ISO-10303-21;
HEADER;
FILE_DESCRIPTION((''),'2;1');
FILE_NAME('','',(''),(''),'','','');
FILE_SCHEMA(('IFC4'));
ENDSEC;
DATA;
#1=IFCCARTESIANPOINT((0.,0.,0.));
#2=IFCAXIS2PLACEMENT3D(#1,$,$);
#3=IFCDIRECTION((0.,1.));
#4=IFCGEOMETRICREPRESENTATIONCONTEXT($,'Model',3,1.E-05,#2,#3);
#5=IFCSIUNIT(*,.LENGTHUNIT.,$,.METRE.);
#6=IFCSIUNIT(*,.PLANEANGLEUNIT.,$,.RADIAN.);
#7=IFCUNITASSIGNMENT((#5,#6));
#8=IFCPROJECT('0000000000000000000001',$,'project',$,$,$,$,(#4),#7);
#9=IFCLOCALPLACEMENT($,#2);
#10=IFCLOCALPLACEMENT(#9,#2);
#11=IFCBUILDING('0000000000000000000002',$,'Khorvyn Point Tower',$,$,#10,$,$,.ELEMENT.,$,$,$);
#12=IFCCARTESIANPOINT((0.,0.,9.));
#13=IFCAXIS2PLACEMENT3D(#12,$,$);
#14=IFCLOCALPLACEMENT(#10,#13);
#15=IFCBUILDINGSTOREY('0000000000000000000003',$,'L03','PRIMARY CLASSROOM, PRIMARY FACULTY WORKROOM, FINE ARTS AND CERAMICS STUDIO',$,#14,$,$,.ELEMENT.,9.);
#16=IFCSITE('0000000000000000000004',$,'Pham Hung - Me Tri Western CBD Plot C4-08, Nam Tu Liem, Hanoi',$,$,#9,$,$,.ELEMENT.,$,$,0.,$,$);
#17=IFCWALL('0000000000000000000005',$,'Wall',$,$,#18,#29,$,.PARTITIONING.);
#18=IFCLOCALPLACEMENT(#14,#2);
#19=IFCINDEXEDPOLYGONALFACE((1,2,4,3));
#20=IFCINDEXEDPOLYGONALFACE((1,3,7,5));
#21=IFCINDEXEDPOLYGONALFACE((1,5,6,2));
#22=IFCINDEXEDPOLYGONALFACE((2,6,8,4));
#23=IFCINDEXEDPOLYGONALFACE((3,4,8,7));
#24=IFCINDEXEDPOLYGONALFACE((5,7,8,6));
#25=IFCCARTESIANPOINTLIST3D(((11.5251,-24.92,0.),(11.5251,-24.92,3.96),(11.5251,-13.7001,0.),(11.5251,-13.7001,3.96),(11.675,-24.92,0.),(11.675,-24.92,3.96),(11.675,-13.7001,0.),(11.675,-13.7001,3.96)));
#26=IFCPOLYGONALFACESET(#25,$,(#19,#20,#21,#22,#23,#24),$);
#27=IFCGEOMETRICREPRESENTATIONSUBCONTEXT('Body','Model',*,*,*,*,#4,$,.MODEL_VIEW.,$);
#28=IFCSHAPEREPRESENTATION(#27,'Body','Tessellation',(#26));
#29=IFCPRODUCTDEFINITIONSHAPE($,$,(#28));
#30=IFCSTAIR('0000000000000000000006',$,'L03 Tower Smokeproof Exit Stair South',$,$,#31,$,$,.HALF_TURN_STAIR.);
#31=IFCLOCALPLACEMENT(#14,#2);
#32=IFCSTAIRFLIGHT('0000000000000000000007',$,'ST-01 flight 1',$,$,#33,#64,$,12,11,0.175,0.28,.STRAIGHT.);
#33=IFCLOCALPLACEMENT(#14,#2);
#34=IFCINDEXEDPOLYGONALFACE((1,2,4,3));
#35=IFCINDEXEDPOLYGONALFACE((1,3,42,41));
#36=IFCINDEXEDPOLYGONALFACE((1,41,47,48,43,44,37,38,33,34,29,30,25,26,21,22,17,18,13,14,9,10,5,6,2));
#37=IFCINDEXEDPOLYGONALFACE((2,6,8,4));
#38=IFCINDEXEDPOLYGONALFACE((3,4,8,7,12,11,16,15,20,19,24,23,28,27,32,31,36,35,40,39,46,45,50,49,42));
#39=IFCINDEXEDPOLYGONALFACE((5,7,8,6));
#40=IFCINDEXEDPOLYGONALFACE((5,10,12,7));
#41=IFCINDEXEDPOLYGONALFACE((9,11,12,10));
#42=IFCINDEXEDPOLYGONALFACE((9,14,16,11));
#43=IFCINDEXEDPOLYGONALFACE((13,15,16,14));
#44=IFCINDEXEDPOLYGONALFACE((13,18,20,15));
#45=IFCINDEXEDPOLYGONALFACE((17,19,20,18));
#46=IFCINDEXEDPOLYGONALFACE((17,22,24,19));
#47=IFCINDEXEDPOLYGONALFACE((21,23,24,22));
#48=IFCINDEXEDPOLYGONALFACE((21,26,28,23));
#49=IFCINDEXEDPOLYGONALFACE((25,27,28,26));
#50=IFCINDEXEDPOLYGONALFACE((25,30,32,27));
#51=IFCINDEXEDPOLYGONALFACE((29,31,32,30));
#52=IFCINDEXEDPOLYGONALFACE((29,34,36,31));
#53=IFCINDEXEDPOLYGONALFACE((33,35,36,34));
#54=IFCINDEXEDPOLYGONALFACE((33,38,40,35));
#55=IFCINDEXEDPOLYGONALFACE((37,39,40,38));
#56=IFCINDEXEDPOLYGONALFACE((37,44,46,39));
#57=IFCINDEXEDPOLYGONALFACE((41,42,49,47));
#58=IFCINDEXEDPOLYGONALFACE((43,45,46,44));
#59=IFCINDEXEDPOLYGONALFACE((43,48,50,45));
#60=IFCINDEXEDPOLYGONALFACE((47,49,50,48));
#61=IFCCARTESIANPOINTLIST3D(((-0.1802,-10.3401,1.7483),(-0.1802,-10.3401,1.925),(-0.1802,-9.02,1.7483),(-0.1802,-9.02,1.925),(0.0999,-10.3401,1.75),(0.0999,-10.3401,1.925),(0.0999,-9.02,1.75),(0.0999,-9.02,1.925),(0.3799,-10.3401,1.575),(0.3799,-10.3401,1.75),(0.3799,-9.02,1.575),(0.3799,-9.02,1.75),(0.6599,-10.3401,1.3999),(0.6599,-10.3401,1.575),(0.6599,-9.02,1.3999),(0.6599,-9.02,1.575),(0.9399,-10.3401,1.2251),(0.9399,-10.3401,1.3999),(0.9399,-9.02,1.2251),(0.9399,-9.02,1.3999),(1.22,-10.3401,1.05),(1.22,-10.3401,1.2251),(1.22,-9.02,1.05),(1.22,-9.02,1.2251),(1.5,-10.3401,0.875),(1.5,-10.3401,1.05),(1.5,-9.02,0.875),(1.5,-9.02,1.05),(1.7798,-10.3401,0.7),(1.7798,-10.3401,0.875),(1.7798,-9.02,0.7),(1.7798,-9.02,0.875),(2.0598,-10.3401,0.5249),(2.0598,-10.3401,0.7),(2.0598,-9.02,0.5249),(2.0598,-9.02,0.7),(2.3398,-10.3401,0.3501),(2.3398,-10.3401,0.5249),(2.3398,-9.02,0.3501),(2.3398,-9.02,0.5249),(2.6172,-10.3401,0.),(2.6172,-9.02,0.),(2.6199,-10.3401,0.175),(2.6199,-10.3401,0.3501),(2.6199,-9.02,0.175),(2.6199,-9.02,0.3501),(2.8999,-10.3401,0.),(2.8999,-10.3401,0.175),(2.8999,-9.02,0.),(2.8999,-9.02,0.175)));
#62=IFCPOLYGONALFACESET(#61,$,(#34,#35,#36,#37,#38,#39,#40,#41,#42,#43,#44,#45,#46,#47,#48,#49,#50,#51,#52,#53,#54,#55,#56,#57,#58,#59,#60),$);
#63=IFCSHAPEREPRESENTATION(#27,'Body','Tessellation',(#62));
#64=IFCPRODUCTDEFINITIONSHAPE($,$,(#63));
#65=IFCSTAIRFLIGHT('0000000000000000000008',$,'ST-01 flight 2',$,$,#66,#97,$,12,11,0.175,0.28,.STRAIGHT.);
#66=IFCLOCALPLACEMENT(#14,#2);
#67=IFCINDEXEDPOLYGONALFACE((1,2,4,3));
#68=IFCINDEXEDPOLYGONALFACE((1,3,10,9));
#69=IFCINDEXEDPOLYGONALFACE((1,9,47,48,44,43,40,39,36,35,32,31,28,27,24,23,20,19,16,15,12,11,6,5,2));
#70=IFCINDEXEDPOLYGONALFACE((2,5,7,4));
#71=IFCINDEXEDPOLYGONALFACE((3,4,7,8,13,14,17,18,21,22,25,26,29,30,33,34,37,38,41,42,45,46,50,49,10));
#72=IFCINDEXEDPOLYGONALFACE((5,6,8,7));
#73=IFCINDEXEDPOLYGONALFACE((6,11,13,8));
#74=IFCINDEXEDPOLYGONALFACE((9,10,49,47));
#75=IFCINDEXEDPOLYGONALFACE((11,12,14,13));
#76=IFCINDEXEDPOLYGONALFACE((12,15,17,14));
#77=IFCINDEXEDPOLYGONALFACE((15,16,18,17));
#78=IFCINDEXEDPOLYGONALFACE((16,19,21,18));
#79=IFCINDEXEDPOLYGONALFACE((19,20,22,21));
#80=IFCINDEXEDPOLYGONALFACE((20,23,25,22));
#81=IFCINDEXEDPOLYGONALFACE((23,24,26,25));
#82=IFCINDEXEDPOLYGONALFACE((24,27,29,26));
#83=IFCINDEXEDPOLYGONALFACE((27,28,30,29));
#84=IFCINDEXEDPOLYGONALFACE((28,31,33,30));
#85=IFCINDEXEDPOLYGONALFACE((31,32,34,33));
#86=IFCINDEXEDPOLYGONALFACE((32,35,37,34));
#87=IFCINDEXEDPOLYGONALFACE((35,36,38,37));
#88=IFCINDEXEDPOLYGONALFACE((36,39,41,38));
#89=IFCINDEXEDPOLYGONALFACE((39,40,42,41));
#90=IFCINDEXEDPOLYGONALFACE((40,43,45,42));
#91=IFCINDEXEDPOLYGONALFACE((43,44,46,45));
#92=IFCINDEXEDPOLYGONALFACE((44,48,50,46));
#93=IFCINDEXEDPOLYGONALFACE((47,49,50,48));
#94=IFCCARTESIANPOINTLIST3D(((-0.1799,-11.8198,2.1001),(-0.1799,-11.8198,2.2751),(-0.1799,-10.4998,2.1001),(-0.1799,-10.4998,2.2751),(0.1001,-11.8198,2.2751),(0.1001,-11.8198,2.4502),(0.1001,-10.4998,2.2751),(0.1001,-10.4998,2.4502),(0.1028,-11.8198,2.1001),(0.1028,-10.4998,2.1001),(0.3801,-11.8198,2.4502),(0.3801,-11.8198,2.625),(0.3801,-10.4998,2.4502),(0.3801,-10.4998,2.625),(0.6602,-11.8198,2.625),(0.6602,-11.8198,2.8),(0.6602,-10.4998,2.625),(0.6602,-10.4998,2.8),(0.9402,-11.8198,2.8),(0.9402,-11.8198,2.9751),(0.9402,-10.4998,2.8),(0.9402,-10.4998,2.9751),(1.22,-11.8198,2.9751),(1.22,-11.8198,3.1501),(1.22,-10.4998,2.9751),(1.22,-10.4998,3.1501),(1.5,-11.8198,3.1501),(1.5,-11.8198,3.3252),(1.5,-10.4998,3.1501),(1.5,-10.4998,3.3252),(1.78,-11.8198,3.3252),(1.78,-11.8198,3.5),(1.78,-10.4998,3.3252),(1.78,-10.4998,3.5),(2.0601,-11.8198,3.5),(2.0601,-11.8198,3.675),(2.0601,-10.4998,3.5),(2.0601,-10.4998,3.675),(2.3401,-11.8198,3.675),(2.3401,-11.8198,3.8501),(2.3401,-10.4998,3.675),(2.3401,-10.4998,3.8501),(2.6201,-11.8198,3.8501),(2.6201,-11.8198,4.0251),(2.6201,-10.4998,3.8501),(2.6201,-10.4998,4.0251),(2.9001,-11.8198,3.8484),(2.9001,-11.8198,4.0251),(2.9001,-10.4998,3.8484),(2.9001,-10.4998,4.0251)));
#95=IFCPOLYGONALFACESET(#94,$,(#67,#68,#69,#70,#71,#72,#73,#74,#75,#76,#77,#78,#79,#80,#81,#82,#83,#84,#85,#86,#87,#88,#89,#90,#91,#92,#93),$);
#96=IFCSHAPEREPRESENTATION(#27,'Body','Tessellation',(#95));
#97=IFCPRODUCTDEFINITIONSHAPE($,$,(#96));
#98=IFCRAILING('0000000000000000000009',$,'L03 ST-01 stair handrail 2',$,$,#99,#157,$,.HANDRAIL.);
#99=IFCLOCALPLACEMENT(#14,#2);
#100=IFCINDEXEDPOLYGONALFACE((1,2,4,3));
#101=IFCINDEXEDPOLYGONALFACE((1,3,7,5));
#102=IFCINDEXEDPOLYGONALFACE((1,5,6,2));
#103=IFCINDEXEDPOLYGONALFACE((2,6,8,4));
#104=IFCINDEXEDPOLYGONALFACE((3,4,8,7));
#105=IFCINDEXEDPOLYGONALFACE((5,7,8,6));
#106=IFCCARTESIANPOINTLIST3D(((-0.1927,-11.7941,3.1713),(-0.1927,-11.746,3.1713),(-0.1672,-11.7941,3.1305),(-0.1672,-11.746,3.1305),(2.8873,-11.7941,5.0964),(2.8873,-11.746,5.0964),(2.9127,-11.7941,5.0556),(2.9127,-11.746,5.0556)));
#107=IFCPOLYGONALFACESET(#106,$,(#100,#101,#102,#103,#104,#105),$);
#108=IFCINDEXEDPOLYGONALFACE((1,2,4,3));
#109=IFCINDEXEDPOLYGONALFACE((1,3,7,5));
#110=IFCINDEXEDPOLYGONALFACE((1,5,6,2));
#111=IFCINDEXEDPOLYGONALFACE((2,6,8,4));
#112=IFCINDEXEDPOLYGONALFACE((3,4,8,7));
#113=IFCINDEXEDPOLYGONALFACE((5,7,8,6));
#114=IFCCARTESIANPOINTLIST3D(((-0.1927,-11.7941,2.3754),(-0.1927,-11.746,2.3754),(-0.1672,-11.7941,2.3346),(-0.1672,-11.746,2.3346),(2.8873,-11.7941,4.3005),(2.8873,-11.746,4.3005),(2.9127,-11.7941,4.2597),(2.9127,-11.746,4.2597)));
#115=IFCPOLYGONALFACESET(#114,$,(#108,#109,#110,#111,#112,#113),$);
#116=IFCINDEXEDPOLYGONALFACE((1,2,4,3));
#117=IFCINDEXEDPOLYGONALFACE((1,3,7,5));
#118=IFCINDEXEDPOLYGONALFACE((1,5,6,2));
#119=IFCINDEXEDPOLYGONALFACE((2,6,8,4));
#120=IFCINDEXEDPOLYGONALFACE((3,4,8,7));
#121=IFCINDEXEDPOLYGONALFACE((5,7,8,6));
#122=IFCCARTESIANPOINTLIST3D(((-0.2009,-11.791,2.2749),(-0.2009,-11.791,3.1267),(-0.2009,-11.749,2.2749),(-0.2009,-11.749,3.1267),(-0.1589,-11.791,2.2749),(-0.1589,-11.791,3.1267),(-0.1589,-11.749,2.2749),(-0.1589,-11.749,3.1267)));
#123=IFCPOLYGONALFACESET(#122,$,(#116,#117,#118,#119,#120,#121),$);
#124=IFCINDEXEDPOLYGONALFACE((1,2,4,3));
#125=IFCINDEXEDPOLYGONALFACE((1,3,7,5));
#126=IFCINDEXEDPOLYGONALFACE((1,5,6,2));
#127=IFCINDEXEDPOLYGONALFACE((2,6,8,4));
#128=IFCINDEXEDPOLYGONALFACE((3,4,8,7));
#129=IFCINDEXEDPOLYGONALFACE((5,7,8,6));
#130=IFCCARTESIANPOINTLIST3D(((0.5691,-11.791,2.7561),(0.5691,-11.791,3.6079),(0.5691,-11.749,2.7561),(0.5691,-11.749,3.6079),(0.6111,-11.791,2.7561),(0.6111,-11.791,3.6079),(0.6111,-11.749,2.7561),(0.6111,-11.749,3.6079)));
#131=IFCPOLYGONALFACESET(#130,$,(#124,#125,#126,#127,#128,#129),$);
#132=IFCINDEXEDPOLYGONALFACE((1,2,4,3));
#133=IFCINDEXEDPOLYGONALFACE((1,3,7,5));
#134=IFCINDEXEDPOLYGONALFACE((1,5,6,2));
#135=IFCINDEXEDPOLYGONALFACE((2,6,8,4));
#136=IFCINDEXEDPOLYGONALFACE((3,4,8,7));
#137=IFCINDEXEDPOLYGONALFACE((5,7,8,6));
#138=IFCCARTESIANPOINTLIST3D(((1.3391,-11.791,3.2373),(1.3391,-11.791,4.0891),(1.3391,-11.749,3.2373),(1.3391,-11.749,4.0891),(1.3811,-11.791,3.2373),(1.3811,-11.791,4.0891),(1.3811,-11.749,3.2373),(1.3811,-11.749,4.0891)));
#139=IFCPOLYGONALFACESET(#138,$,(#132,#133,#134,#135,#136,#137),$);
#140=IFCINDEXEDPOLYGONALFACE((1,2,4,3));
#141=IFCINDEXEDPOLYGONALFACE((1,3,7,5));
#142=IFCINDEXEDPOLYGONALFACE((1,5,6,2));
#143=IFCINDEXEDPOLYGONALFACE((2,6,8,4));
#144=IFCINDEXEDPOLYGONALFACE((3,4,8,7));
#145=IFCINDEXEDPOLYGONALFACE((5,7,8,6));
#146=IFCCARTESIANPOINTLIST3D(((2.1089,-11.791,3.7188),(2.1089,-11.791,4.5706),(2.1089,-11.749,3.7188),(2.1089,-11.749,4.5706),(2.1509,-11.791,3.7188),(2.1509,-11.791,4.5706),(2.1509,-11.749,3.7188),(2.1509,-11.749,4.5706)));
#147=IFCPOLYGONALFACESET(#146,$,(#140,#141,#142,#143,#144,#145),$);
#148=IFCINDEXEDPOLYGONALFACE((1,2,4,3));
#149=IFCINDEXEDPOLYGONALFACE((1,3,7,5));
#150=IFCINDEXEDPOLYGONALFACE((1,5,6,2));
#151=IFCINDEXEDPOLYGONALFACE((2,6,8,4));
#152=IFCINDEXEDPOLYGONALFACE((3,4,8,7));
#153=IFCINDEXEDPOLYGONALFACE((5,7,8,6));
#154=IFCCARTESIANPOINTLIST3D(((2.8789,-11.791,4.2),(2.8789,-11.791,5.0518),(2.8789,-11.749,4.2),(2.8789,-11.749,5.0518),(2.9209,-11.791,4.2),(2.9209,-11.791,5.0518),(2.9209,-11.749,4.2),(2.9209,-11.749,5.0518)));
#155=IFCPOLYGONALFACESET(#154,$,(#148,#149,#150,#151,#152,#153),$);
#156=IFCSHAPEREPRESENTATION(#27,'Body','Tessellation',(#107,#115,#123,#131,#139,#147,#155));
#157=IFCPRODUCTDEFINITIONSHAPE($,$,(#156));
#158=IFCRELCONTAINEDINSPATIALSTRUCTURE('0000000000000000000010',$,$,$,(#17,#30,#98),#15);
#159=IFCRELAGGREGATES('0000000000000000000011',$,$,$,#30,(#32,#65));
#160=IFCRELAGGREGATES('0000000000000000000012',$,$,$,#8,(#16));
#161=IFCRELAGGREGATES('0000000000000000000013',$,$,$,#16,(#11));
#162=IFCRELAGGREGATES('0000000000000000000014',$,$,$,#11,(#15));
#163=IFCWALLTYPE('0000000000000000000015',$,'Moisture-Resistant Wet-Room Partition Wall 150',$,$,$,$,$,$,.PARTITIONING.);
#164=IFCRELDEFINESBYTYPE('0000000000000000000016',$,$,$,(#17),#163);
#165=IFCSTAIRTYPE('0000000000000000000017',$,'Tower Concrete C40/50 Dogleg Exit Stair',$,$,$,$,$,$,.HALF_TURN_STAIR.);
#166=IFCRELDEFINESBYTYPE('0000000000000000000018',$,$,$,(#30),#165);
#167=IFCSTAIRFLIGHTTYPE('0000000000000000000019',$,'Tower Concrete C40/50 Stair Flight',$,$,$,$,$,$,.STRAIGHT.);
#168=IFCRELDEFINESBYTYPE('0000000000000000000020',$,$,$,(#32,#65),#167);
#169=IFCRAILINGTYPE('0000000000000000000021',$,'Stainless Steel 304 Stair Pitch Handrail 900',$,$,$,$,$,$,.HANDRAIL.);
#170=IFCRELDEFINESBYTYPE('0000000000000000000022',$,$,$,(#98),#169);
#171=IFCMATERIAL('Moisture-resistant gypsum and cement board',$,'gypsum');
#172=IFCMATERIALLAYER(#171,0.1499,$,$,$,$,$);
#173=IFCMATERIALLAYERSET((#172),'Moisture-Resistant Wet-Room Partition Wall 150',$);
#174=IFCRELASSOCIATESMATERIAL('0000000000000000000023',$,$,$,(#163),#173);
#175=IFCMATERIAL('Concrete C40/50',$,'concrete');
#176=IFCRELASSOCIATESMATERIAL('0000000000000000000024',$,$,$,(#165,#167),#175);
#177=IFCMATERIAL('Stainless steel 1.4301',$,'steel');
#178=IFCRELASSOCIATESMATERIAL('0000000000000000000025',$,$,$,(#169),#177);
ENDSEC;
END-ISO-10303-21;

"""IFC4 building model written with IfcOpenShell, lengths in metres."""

from ifc_helpers import new_model, si_unit, direction, frame, frame_2d, origin, origin_2d, place, context, subcontext, project, spatial, polyline, rectangle, outline, extrude, material, layer, layer_set, type_object, element, aggregate, save


model = new_model("IFC4")

# Units and contexts
model_context = context("Model", 3, precision=1e-05, world=origin(), true_north=direction((0.0, 1.0)))
body_context = subcontext(model_context, "Body", "Model", "MODEL_VIEW")
ifc_project = project(units=[si_unit("LENGTHUNIT", "METRE"), si_unit("PLANEANGLEUNIT", "RADIAN")], contexts=[model_context])

# Site, building, storey
site_placement = place(None, origin())
site = spatial("IfcSite", under=ifc_project, at=site_placement, Name="Pham Hung - Me Tri Western CBD Plot C4-08, Nam Tu Liem, Hanoi", CompositionType="ELEMENT", RefElevation=0.0)
building_placement = place(site_placement, origin())
building = spatial("IfcBuilding", under=site, at=building_placement, Name="Khorvyn Point Tower", CompositionType="ELEMENT")
storey_placement = place(building_placement, frame((0.0, 0.0, 9.0)))
storey = spatial("IfcBuildingStorey", under=building, at=storey_placement, Name="L03", Description="PRIMARY CLASSROOM, PRIMARY FACULTY WORKROOM, FINE ARTS AND CERAMICS STUDIO", CompositionType="ELEMENT", Elevation=9.0)

# Shared definitions
ifc_material_1 = material(Name="Concrete C40/50", Category="concrete")

# Shared definitions
ifc_material_2 = material(Name="Moisture-resistant gypsum and cement board", Category="gypsum")
ifc_layer_1 = layer(ifc_material_2, 0.1499)
ifc_layer_set_1 = layer_set([ifc_layer_1], Name="Moisture-Resistant Wet-Room Partition Wall 150")
wall_type_1 = type_object("IfcWallType", Name="Moisture-Resistant Wet-Room Partition Wall 150", PredefinedType="PARTITIONING", material=ifc_layer_set_1)

# Wall
wall_1_placement = place(storey_placement, frame((11.6001, -24.9199, 0.0), z_axis=(0.0, 0.0, 1.0), x_axis=(0.0, 1.0, 0.0)))
element("IfcWall", 1, at=wall_1_placement, inside=storey, type_object=wall_type_1, Name="Wall", PredefinedType="PARTITIONING", context=body_context, shape_type="SweptSolid", body=[
    extrude(rectangle(XDim=11.22, YDim=0.1499, at=frame_2d((5.6099, 0.0))), origin(), (0.0, 0.0, 1.0), 3.96),
])

# Stair, stair flights
stair_type = type_object("IfcStairType", Name="Tower Concrete C40/50 Dogleg Exit Stair", PredefinedType="HALF_TURN_STAIR", material=ifc_material_1)
stair_placement = place(storey_placement, origin())
stair = element("IfcStair", 2, at=stair_placement, inside=storey, type_object=stair_type, Name="L03 Tower Smokeproof Exit Stair South", PredefinedType="HALF_TURN_STAIR")
stair_flight_type = type_object("IfcStairFlightType", Name="Tower Concrete C40/50 Stair Flight", PredefinedType="STRAIGHT", material=ifc_material_1)
stair_flight_1_placement = place(storey_placement, frame((2.8999, -9.6799, 0.0), z_axis=(0.0, 0.0, 1.0), x_axis=(-1.0, 0.0, 0.0)))
stair_flight_1 = element("IfcStairFlight", 3, at=stair_flight_1_placement, type_object=stair_flight_type, Name="ST-01 flight 1", NumberOfRisers=12, NumberOfTreads=11, PredefinedType="STRAIGHT", RiserHeight=0.175, TreadLength=0.28, context=body_context, shape_type="SweptSolid", body=[
    extrude(outline(polyline([(0.0, 0.0), (0.0, 0.175), (0.28, 0.175), (0.28, 0.3501), (0.5601, 0.3501), (0.5601, 0.5249), (0.8401, 0.5249), (0.8401, 0.7), (1.1201, 0.7), (1.1201, 0.875), (1.3999, 0.875), (1.3999, 1.05), (1.6799, 1.05), (1.6799, 1.2251), (1.96, 1.2251), (1.96, 1.3999), (2.24, 1.3999), (2.24, 1.575), (2.52, 1.575), (2.52, 1.75), (2.8, 1.75), (2.8, 1.925), (3.0801, 1.925), (3.0801, 2.1001), (3.0801, 1.7483), (0.2827, 0.0), (0.0, 0.0)])), frame((0.0, 0.6602, 0.0), z_axis=(0.0, -1.0, 0.0), x_axis=(1.0, 0.0, 0.0)), (0.0, 0.0, 1.0), 1.3201),
])
stair_flight_2_placement = place(storey_placement, frame((-0.1799, -11.1599, 2.1001), z_axis=(0.0, 0.0, 1.0), x_axis=(1.0, 0.0, 0.0)))
stair_flight_2 = element("IfcStairFlight", 4, at=stair_flight_2_placement, type_object=stair_flight_type, Name="ST-01 flight 2", NumberOfRisers=12, NumberOfTreads=11, PredefinedType="STRAIGHT", RiserHeight=0.175, TreadLength=0.28, context=body_context, shape_type="SweptSolid", body=[
    extrude(outline(polyline([(0.0, 0.0), (0.0, 0.175), (0.28, 0.175), (0.28, 0.3501), (0.5601, 0.3501), (0.5601, 0.5249), (0.8401, 0.5249), (0.8401, 0.7), (1.1201, 0.7), (1.1201, 0.875), (1.3999, 0.875), (1.3999, 1.05), (1.6799, 1.05), (1.6799, 1.2251), (1.96, 1.2251), (1.96, 1.3999), (2.24, 1.3999), (2.24, 1.575), (2.52, 1.575), (2.52, 1.75), (2.8, 1.75), (2.8, 1.925), (3.0801, 1.925), (3.0801, 2.1001), (3.0801, 1.7483), (0.2827, 0.0), (0.0, 0.0)])), frame((0.0, 0.6602, 0.0), z_axis=(0.0, -1.0, 0.0), x_axis=(1.0, 0.0, 0.0)), (0.0, 0.0, 1.0), 1.3201),
])
aggregate(stair, [stair_flight_1, stair_flight_2])

# Railing
ifc_material_3 = material(Name="Stainless steel 1.4301", Category="steel")
railing_type_1 = type_object("IfcRailingType", Name="Stainless Steel 304 Stair Pitch Handrail 900", PredefinedType="HANDRAIL", material=ifc_material_3)
railing_1_placement = place(storey_placement, frame((-0.1799, -11.77, 2.2749)))
element("IfcRailing", 5, at=railing_1_placement, inside=storey, type_object=railing_type_1, Name="L03 ST-01 stair handrail 2", PredefinedType="HANDRAIL", context=body_context, shape_type="SweptSolid", body=[
    extrude(rectangle(XDim=0.0481, YDim=0.0481, at=origin_2d()), frame((0.0, 0.0, 0.876), z_axis=(0.847979, 0.0, 0.530029), x_axis=(0.0, 1.0, 0.0)), (0.0, 0.0, 1.0), 3.6321),
    extrude(rectangle(XDim=0.0481, YDim=0.0481, at=origin_2d()), frame((0.0, 0.0, 0.0801), z_axis=(0.847979, 0.0, 0.530029), x_axis=(0.0, 1.0, 0.0)), (0.0, 0.0, 1.0), 3.6321),
    extrude(rectangle(XDim=0.042, YDim=0.042, at=origin_2d()), origin(), (0.0, 0.0, 1.0), 0.8518),
    extrude(rectangle(XDim=0.042, YDim=0.042, at=origin_2d()), frame((0.77, 0.0, 0.4812)), (0.0, 0.0, 1.0), 0.8518),
    extrude(rectangle(XDim=0.042, YDim=0.042, at=origin_2d()), frame((1.54, 0.0, 0.9624)), (0.0, 0.0, 1.0), 0.8518),
    extrude(rectangle(XDim=0.042, YDim=0.042, at=origin_2d()), frame((2.3098, 0.0, 1.4438)), (0.0, 0.0, 1.0), 0.8518),
    extrude(rectangle(XDim=0.042, YDim=0.042, at=origin_2d()), frame((3.0798, 0.0, 1.925)), (0.0, 0.0, 1.0), 0.8518),
])

save(model, "model.ifc")
